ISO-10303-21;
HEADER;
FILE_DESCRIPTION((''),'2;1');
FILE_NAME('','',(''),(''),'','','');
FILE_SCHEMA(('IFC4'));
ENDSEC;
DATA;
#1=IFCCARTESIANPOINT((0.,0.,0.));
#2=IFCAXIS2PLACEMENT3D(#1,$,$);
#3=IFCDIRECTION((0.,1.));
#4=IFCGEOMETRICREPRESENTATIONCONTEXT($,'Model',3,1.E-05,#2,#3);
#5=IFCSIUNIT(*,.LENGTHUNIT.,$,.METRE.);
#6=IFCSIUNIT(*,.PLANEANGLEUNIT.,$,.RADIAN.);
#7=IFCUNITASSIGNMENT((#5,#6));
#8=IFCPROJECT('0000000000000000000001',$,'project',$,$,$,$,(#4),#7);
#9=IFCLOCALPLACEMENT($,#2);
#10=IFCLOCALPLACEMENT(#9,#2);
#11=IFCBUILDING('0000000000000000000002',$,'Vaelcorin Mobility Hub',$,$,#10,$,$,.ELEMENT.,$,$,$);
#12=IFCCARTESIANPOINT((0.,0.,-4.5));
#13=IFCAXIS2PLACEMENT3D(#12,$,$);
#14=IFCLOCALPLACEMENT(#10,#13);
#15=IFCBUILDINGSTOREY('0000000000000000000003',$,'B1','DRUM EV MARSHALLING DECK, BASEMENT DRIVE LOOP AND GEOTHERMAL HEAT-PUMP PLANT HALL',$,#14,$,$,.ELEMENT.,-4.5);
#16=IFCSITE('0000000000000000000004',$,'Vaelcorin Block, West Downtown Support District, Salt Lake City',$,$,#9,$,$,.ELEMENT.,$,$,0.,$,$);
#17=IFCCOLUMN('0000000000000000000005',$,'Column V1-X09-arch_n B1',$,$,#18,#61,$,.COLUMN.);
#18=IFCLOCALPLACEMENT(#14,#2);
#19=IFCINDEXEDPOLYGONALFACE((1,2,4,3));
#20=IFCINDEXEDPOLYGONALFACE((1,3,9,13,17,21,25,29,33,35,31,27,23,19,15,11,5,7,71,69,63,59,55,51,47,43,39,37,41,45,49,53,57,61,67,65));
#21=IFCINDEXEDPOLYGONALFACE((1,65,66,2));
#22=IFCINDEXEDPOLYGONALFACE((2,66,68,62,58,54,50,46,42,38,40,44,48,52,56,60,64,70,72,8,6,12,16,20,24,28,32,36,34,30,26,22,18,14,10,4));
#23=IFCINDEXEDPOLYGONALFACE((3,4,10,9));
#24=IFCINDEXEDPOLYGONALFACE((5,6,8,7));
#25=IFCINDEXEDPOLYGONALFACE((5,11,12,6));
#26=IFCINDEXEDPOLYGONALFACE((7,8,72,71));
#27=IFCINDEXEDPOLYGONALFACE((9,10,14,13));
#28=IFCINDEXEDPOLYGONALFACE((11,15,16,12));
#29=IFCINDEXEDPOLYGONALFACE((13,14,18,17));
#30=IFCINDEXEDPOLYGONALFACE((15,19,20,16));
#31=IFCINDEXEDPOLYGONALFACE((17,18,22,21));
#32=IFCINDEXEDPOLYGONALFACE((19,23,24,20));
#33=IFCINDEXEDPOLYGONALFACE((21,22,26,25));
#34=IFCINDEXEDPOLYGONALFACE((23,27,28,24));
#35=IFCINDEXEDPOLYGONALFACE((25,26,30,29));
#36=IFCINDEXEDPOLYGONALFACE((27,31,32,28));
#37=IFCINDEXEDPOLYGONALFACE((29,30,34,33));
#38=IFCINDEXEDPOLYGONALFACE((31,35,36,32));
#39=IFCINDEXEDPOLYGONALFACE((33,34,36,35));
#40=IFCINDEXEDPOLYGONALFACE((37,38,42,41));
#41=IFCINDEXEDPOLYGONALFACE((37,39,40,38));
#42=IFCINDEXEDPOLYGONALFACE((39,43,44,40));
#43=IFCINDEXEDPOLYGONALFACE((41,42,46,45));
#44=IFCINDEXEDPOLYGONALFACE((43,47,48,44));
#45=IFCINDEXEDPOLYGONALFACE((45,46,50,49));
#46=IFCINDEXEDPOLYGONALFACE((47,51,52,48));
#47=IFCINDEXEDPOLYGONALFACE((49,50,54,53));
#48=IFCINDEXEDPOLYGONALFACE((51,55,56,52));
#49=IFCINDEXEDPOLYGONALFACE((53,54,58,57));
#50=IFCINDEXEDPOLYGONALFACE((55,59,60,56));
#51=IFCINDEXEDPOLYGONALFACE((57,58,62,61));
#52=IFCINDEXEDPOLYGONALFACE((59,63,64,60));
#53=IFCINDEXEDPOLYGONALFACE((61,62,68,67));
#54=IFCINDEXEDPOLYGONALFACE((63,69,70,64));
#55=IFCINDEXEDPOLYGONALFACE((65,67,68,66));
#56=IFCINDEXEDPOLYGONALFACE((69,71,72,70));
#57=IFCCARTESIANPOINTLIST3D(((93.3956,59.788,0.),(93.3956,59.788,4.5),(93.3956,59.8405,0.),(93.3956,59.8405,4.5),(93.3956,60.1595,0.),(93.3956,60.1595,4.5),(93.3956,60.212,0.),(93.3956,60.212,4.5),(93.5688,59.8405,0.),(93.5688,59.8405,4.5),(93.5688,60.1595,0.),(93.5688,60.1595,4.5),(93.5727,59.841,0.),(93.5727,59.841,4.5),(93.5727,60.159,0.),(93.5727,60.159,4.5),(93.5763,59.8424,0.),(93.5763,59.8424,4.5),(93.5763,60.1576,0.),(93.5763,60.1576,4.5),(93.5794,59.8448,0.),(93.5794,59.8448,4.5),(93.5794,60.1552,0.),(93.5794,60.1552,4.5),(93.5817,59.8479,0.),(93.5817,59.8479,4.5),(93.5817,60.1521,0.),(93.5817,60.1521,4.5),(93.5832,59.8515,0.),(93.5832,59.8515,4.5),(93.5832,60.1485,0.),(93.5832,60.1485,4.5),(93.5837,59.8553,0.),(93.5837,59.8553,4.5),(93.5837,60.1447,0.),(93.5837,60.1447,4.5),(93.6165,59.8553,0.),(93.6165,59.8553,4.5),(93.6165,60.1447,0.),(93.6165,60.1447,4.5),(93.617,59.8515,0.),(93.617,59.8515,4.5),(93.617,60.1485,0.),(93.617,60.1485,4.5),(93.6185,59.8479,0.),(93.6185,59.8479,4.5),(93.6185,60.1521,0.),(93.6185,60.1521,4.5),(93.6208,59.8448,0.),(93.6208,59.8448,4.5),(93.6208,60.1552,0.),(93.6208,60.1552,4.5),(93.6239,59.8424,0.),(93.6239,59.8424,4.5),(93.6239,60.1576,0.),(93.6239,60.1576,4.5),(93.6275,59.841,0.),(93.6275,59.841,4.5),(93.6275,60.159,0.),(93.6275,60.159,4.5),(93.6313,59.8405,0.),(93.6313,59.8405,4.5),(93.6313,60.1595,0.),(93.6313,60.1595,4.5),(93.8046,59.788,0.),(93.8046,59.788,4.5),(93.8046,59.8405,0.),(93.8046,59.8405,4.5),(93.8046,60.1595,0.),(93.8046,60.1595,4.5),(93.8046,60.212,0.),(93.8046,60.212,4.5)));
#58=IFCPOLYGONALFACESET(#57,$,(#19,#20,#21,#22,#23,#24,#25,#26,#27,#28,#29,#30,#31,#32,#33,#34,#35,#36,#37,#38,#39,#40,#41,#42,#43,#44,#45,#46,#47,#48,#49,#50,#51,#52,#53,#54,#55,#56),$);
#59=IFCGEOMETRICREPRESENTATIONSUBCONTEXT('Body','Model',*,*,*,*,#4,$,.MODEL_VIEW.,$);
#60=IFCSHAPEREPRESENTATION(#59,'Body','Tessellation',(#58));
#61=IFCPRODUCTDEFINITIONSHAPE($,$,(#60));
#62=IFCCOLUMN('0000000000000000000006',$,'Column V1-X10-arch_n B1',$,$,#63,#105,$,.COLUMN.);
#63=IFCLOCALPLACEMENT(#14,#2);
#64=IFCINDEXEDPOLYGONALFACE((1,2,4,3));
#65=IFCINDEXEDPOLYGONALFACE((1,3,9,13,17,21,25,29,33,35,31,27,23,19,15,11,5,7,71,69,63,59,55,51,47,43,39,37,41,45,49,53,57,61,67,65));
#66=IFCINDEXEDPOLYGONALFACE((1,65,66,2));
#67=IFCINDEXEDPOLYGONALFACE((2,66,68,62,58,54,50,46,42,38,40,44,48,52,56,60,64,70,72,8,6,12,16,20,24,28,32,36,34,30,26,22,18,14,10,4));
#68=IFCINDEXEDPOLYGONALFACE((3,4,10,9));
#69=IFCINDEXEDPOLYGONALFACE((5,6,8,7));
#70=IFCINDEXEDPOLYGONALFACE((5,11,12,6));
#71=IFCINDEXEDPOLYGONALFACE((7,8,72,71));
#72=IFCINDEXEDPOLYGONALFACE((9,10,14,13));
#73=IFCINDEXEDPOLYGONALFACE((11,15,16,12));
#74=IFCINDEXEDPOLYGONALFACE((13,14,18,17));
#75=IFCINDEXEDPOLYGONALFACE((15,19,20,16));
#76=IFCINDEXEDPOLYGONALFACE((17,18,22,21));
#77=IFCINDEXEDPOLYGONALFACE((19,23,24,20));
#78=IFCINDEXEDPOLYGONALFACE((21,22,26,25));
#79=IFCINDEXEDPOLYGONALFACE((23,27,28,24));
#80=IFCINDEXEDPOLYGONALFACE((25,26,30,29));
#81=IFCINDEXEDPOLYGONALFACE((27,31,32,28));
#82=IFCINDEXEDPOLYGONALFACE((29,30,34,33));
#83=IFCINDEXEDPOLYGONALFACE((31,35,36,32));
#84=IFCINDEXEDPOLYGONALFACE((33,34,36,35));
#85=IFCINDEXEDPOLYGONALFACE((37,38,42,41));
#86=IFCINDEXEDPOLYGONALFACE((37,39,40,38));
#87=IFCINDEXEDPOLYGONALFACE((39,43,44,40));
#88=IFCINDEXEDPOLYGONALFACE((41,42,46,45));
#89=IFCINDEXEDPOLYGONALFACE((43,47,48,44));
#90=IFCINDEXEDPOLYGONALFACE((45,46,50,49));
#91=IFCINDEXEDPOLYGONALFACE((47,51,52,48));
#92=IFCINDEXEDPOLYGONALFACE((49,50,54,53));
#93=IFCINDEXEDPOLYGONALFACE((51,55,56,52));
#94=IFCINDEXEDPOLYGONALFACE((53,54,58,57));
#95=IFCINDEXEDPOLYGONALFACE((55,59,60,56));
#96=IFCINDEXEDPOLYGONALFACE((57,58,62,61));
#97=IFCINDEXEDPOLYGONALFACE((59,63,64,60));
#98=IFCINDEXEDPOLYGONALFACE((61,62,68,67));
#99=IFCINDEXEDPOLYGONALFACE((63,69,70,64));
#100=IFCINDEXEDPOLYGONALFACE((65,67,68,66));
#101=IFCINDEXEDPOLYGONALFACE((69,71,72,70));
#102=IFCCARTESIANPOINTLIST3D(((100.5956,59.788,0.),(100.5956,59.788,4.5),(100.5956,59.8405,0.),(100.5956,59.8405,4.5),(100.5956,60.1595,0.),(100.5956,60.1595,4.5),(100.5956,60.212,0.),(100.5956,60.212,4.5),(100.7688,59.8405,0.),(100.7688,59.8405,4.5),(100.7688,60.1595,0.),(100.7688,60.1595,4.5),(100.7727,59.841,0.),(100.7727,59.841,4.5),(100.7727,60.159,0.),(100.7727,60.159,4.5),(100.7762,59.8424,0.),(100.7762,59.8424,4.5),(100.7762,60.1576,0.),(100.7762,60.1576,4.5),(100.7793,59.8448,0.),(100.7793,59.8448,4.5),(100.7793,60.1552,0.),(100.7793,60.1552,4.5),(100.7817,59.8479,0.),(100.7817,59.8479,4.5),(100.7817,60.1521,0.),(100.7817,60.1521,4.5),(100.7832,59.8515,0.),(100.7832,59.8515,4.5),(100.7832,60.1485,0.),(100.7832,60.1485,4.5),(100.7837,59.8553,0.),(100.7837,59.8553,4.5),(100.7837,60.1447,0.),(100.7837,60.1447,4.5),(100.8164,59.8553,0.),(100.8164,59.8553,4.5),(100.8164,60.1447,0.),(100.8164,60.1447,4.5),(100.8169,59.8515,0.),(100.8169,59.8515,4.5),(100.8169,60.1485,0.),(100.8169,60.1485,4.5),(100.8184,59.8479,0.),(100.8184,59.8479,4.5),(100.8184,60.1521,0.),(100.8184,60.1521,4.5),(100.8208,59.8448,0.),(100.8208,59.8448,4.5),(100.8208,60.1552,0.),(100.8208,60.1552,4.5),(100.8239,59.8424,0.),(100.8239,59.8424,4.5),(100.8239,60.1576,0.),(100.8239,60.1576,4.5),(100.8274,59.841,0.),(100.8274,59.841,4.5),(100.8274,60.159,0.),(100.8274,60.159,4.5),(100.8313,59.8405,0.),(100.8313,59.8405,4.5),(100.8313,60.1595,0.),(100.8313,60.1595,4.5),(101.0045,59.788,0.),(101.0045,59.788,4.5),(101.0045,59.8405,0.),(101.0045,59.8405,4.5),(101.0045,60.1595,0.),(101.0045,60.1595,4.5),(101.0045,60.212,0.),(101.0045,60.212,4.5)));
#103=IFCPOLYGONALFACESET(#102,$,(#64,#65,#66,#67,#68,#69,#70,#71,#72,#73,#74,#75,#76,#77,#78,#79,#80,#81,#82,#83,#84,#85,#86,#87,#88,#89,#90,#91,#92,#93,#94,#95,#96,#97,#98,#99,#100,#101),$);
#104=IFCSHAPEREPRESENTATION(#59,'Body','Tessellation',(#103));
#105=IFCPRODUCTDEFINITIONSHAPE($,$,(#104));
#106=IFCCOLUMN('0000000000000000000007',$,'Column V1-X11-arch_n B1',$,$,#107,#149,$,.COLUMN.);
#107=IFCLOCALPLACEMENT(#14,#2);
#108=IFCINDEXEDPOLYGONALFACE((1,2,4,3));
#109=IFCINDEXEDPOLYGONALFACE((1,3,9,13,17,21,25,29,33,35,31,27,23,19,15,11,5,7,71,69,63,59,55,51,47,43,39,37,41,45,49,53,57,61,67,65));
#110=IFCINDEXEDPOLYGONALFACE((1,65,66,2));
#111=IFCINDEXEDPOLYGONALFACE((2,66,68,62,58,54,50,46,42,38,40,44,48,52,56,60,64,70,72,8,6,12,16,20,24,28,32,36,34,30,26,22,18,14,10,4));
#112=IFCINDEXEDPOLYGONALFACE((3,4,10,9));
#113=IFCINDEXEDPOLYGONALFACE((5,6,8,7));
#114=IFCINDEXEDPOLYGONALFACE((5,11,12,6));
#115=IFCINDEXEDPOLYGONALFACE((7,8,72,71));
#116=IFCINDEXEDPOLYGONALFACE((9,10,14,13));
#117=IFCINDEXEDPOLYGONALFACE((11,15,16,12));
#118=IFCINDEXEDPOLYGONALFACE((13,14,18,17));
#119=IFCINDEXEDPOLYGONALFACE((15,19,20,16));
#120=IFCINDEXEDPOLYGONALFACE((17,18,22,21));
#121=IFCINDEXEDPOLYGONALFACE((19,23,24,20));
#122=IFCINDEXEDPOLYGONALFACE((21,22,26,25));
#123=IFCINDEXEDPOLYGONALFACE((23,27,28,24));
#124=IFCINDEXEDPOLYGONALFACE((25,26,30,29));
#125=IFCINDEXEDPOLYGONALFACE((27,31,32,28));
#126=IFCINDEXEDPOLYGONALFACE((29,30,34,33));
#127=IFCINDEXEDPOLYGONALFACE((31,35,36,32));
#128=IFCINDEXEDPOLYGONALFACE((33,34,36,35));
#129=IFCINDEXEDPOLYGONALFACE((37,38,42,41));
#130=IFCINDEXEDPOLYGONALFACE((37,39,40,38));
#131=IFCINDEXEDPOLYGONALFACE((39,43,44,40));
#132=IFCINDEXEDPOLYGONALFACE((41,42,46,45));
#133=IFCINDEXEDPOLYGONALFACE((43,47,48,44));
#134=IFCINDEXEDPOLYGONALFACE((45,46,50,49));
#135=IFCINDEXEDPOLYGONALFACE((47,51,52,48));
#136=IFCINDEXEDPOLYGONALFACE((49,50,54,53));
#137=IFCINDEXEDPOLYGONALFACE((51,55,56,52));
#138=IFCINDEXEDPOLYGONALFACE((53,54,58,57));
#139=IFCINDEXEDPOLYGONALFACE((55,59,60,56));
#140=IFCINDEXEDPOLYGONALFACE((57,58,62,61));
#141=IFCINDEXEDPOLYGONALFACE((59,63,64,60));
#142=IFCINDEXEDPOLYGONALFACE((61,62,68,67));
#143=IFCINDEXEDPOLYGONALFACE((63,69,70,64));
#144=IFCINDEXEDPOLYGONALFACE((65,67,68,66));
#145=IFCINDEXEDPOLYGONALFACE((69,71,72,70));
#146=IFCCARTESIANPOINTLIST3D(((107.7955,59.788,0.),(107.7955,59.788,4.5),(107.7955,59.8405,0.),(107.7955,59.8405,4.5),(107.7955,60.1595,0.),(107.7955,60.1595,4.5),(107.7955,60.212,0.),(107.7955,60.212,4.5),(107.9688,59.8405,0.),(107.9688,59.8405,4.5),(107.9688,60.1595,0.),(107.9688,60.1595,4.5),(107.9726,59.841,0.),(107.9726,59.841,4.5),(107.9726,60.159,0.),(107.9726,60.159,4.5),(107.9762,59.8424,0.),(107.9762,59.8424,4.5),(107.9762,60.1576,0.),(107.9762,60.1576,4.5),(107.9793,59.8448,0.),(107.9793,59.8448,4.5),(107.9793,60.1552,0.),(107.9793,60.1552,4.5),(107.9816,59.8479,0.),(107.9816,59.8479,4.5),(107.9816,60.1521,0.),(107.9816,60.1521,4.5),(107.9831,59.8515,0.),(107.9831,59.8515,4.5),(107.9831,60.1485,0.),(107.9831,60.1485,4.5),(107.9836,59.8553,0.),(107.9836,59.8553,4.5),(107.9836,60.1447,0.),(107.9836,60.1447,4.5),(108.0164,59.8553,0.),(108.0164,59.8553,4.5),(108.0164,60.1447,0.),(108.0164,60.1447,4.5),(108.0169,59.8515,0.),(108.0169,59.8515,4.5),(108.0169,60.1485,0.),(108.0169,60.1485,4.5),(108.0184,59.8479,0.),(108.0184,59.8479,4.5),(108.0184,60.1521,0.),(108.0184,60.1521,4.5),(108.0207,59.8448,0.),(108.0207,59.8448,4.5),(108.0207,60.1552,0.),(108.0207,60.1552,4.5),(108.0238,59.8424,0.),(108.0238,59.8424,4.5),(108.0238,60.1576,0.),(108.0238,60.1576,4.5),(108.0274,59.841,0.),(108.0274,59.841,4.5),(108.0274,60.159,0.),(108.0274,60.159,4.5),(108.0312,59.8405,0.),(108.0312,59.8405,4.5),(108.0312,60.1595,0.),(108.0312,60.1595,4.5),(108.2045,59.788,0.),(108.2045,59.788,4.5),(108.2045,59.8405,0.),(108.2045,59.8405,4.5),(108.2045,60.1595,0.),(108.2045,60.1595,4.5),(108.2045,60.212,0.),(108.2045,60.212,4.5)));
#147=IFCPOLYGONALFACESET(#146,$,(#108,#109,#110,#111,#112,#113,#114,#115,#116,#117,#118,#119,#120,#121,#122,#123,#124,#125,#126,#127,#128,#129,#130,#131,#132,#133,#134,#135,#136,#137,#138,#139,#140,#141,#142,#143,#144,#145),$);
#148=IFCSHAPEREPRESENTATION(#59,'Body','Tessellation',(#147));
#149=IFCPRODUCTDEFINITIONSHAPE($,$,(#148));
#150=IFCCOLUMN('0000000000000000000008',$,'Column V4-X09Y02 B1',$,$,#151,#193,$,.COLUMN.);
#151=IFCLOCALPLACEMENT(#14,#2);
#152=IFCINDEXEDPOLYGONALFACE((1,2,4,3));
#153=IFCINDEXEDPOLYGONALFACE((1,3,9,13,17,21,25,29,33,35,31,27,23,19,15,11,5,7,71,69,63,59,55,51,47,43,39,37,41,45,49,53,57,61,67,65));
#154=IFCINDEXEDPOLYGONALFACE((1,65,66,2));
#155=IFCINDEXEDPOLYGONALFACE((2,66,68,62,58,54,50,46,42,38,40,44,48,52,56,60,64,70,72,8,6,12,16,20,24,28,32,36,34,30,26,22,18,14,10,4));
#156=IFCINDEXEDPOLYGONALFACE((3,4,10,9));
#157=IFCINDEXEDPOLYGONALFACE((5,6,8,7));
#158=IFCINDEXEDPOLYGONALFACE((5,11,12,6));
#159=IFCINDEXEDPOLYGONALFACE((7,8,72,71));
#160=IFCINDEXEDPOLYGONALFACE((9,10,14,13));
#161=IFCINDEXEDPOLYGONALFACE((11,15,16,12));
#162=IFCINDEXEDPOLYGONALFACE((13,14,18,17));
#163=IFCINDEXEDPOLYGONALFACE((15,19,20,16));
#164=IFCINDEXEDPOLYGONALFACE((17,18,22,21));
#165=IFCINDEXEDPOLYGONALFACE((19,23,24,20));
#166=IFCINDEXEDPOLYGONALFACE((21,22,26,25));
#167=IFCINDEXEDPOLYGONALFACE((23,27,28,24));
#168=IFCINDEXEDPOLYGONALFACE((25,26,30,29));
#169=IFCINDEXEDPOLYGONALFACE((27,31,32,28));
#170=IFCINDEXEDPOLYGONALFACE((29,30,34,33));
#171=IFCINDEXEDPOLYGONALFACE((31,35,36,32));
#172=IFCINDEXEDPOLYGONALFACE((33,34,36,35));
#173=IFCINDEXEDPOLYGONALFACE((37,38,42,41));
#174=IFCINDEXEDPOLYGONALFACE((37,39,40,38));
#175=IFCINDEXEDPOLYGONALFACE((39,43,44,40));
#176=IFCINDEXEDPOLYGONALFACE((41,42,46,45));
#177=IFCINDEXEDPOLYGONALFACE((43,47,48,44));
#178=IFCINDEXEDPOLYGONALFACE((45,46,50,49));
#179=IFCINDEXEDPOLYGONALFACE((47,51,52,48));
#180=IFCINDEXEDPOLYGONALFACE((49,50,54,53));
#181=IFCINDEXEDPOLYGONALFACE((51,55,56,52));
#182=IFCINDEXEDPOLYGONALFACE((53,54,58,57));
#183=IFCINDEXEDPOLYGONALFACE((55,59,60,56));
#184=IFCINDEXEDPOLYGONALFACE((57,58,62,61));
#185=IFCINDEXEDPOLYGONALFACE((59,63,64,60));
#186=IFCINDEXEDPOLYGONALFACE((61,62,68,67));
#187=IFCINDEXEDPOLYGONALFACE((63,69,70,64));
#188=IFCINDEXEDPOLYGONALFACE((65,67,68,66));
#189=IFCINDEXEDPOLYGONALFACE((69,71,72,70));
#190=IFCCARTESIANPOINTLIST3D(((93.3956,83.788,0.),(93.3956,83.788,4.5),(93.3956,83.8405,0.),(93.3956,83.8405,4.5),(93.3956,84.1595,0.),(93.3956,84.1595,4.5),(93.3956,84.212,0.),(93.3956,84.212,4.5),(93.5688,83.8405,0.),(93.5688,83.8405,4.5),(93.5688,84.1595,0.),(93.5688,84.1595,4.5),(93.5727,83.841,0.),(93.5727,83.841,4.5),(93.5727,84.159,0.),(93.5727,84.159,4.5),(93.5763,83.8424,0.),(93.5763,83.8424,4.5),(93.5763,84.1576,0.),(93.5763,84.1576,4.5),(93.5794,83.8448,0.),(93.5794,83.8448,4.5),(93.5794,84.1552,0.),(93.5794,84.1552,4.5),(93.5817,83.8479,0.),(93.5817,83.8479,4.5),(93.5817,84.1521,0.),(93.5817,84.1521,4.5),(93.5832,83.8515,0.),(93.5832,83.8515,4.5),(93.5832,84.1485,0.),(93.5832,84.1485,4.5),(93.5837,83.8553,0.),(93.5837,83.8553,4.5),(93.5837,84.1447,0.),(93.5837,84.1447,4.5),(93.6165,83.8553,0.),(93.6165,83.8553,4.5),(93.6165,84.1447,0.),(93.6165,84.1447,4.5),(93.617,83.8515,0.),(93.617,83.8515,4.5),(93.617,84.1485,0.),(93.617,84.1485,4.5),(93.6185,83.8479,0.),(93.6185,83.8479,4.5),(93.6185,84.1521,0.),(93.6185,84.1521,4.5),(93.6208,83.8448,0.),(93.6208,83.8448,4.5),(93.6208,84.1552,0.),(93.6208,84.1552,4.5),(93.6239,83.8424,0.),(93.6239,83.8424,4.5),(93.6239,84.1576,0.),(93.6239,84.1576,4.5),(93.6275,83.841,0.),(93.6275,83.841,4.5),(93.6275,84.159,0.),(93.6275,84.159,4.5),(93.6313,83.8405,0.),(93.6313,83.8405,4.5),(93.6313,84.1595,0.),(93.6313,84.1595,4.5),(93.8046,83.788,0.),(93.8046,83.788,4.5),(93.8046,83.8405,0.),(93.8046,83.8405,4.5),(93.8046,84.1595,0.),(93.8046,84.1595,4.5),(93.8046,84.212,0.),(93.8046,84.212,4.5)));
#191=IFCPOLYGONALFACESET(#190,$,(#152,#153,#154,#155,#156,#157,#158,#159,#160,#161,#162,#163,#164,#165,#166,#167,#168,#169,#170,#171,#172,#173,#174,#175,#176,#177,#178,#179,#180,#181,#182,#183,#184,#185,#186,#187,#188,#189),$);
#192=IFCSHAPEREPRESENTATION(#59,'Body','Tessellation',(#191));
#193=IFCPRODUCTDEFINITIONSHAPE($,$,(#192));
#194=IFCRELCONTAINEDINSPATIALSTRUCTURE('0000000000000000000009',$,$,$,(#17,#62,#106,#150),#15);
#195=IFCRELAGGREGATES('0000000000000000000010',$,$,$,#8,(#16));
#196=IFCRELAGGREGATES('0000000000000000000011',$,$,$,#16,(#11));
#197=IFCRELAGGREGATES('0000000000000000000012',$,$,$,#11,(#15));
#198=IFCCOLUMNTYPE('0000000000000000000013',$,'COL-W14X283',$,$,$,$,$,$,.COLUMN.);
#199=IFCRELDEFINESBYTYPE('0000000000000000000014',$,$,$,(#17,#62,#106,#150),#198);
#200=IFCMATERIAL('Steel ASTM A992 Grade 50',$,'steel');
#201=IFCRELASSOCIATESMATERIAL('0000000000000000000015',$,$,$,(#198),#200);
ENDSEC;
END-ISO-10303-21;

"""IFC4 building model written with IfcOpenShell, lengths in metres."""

from ifc_helpers import new_model, si_unit, direction, frame, origin, origin_2d, place, context, subcontext, project, spatial, i_section, extrude, material, material_profile, profile_set, type_object, element, save


model = new_model("IFC4")

# Units and contexts
model_context = context("Model", 3, precision=1e-05, world=origin(), true_north=direction((0.0, 1.0)))
body_context = subcontext(model_context, "Body", "Model", "MODEL_VIEW")
ifc_project = project(units=[si_unit("LENGTHUNIT", "METRE"), si_unit("PLANEANGLEUNIT", "RADIAN")], contexts=[model_context])

# Site, building, storey
site_placement = place(None, origin())
site = spatial("IfcSite", under=ifc_project, at=site_placement, Name="Vaelcorin Block, West Downtown Support District, Salt Lake City", CompositionType="ELEMENT", RefElevation=0.0)
building_placement = place(site_placement, origin())
building = spatial("IfcBuilding", under=site, at=building_placement, Name="Vaelcorin Mobility Hub", CompositionType="ELEMENT")
storey_placement = place(building_placement, frame((0.0, 0.0, -4.5)))
storey = spatial("IfcBuildingStorey", under=building, at=storey_placement, Name="B1", Description="DRUM EV MARSHALLING DECK, BASEMENT DRIVE LOOP AND GEOTHERMAL HEAT-PUMP PLANT HALL", CompositionType="ELEMENT", Elevation=-4.5)

# Columns
ifc_material_1 = material(Name="Steel ASTM A992 Grade 50", Category="steel")
ifc_material_profile_1 = material_profile(ifc_material_1, i_section(OverallWidth=0.4089, OverallDepth=0.4241, WebThickness=0.0327, FlangeThickness=0.0525, FilletRadius=0.0149, at=origin_2d()), Name="W14X283")
ifc_profile_set_1 = profile_set([ifc_material_profile_1], Name="Steel ASTM A992 Grade 50")
column_type_1 = type_object("IfcColumnType", Name="COL-W14X283", PredefinedType="COLUMN", material=ifc_profile_set_1)
for number, where, z_axis, x_axis, name in (
    (1, (93.6001, 60.0, 0.0), (0.0, 0.0, 1.0), (1.0, 0.0, 0.0), "Column V1-X09-arch_n B1"),
    (2, (100.8, 60.0, 0.0), (0.0, 0.0, 1.0), (1.0, 0.0, 0.0), "Column V1-X10-arch_n B1"),
    (3, (108.0, 60.0, 0.0), (0.0, 0.0, 1.0), (1.0, 0.0, 0.0), "Column V1-X11-arch_n B1"),
    (4, (93.6001, 84.0, 0.0), (0.0, 0.0, 1.0), (1.0, 0.0, 0.0), "Column V4-X09Y02 B1"),
):
    element("IfcColumn", number, at=place(storey_placement, frame(where, z_axis=z_axis, x_axis=x_axis)), inside=storey, type_object=column_type_1, Name=name, PredefinedType="COLUMN", context=body_context, shape_type="SweptSolid", body=[
        extrude(i_section(OverallWidth=0.4089, OverallDepth=0.4241, WebThickness=0.0327, FlangeThickness=0.0525, FilletRadius=0.0149, at=origin_2d()), origin(), (0.0, 0.0, 1.0), 4.5),
    ])

save(model, "model.ifc")
